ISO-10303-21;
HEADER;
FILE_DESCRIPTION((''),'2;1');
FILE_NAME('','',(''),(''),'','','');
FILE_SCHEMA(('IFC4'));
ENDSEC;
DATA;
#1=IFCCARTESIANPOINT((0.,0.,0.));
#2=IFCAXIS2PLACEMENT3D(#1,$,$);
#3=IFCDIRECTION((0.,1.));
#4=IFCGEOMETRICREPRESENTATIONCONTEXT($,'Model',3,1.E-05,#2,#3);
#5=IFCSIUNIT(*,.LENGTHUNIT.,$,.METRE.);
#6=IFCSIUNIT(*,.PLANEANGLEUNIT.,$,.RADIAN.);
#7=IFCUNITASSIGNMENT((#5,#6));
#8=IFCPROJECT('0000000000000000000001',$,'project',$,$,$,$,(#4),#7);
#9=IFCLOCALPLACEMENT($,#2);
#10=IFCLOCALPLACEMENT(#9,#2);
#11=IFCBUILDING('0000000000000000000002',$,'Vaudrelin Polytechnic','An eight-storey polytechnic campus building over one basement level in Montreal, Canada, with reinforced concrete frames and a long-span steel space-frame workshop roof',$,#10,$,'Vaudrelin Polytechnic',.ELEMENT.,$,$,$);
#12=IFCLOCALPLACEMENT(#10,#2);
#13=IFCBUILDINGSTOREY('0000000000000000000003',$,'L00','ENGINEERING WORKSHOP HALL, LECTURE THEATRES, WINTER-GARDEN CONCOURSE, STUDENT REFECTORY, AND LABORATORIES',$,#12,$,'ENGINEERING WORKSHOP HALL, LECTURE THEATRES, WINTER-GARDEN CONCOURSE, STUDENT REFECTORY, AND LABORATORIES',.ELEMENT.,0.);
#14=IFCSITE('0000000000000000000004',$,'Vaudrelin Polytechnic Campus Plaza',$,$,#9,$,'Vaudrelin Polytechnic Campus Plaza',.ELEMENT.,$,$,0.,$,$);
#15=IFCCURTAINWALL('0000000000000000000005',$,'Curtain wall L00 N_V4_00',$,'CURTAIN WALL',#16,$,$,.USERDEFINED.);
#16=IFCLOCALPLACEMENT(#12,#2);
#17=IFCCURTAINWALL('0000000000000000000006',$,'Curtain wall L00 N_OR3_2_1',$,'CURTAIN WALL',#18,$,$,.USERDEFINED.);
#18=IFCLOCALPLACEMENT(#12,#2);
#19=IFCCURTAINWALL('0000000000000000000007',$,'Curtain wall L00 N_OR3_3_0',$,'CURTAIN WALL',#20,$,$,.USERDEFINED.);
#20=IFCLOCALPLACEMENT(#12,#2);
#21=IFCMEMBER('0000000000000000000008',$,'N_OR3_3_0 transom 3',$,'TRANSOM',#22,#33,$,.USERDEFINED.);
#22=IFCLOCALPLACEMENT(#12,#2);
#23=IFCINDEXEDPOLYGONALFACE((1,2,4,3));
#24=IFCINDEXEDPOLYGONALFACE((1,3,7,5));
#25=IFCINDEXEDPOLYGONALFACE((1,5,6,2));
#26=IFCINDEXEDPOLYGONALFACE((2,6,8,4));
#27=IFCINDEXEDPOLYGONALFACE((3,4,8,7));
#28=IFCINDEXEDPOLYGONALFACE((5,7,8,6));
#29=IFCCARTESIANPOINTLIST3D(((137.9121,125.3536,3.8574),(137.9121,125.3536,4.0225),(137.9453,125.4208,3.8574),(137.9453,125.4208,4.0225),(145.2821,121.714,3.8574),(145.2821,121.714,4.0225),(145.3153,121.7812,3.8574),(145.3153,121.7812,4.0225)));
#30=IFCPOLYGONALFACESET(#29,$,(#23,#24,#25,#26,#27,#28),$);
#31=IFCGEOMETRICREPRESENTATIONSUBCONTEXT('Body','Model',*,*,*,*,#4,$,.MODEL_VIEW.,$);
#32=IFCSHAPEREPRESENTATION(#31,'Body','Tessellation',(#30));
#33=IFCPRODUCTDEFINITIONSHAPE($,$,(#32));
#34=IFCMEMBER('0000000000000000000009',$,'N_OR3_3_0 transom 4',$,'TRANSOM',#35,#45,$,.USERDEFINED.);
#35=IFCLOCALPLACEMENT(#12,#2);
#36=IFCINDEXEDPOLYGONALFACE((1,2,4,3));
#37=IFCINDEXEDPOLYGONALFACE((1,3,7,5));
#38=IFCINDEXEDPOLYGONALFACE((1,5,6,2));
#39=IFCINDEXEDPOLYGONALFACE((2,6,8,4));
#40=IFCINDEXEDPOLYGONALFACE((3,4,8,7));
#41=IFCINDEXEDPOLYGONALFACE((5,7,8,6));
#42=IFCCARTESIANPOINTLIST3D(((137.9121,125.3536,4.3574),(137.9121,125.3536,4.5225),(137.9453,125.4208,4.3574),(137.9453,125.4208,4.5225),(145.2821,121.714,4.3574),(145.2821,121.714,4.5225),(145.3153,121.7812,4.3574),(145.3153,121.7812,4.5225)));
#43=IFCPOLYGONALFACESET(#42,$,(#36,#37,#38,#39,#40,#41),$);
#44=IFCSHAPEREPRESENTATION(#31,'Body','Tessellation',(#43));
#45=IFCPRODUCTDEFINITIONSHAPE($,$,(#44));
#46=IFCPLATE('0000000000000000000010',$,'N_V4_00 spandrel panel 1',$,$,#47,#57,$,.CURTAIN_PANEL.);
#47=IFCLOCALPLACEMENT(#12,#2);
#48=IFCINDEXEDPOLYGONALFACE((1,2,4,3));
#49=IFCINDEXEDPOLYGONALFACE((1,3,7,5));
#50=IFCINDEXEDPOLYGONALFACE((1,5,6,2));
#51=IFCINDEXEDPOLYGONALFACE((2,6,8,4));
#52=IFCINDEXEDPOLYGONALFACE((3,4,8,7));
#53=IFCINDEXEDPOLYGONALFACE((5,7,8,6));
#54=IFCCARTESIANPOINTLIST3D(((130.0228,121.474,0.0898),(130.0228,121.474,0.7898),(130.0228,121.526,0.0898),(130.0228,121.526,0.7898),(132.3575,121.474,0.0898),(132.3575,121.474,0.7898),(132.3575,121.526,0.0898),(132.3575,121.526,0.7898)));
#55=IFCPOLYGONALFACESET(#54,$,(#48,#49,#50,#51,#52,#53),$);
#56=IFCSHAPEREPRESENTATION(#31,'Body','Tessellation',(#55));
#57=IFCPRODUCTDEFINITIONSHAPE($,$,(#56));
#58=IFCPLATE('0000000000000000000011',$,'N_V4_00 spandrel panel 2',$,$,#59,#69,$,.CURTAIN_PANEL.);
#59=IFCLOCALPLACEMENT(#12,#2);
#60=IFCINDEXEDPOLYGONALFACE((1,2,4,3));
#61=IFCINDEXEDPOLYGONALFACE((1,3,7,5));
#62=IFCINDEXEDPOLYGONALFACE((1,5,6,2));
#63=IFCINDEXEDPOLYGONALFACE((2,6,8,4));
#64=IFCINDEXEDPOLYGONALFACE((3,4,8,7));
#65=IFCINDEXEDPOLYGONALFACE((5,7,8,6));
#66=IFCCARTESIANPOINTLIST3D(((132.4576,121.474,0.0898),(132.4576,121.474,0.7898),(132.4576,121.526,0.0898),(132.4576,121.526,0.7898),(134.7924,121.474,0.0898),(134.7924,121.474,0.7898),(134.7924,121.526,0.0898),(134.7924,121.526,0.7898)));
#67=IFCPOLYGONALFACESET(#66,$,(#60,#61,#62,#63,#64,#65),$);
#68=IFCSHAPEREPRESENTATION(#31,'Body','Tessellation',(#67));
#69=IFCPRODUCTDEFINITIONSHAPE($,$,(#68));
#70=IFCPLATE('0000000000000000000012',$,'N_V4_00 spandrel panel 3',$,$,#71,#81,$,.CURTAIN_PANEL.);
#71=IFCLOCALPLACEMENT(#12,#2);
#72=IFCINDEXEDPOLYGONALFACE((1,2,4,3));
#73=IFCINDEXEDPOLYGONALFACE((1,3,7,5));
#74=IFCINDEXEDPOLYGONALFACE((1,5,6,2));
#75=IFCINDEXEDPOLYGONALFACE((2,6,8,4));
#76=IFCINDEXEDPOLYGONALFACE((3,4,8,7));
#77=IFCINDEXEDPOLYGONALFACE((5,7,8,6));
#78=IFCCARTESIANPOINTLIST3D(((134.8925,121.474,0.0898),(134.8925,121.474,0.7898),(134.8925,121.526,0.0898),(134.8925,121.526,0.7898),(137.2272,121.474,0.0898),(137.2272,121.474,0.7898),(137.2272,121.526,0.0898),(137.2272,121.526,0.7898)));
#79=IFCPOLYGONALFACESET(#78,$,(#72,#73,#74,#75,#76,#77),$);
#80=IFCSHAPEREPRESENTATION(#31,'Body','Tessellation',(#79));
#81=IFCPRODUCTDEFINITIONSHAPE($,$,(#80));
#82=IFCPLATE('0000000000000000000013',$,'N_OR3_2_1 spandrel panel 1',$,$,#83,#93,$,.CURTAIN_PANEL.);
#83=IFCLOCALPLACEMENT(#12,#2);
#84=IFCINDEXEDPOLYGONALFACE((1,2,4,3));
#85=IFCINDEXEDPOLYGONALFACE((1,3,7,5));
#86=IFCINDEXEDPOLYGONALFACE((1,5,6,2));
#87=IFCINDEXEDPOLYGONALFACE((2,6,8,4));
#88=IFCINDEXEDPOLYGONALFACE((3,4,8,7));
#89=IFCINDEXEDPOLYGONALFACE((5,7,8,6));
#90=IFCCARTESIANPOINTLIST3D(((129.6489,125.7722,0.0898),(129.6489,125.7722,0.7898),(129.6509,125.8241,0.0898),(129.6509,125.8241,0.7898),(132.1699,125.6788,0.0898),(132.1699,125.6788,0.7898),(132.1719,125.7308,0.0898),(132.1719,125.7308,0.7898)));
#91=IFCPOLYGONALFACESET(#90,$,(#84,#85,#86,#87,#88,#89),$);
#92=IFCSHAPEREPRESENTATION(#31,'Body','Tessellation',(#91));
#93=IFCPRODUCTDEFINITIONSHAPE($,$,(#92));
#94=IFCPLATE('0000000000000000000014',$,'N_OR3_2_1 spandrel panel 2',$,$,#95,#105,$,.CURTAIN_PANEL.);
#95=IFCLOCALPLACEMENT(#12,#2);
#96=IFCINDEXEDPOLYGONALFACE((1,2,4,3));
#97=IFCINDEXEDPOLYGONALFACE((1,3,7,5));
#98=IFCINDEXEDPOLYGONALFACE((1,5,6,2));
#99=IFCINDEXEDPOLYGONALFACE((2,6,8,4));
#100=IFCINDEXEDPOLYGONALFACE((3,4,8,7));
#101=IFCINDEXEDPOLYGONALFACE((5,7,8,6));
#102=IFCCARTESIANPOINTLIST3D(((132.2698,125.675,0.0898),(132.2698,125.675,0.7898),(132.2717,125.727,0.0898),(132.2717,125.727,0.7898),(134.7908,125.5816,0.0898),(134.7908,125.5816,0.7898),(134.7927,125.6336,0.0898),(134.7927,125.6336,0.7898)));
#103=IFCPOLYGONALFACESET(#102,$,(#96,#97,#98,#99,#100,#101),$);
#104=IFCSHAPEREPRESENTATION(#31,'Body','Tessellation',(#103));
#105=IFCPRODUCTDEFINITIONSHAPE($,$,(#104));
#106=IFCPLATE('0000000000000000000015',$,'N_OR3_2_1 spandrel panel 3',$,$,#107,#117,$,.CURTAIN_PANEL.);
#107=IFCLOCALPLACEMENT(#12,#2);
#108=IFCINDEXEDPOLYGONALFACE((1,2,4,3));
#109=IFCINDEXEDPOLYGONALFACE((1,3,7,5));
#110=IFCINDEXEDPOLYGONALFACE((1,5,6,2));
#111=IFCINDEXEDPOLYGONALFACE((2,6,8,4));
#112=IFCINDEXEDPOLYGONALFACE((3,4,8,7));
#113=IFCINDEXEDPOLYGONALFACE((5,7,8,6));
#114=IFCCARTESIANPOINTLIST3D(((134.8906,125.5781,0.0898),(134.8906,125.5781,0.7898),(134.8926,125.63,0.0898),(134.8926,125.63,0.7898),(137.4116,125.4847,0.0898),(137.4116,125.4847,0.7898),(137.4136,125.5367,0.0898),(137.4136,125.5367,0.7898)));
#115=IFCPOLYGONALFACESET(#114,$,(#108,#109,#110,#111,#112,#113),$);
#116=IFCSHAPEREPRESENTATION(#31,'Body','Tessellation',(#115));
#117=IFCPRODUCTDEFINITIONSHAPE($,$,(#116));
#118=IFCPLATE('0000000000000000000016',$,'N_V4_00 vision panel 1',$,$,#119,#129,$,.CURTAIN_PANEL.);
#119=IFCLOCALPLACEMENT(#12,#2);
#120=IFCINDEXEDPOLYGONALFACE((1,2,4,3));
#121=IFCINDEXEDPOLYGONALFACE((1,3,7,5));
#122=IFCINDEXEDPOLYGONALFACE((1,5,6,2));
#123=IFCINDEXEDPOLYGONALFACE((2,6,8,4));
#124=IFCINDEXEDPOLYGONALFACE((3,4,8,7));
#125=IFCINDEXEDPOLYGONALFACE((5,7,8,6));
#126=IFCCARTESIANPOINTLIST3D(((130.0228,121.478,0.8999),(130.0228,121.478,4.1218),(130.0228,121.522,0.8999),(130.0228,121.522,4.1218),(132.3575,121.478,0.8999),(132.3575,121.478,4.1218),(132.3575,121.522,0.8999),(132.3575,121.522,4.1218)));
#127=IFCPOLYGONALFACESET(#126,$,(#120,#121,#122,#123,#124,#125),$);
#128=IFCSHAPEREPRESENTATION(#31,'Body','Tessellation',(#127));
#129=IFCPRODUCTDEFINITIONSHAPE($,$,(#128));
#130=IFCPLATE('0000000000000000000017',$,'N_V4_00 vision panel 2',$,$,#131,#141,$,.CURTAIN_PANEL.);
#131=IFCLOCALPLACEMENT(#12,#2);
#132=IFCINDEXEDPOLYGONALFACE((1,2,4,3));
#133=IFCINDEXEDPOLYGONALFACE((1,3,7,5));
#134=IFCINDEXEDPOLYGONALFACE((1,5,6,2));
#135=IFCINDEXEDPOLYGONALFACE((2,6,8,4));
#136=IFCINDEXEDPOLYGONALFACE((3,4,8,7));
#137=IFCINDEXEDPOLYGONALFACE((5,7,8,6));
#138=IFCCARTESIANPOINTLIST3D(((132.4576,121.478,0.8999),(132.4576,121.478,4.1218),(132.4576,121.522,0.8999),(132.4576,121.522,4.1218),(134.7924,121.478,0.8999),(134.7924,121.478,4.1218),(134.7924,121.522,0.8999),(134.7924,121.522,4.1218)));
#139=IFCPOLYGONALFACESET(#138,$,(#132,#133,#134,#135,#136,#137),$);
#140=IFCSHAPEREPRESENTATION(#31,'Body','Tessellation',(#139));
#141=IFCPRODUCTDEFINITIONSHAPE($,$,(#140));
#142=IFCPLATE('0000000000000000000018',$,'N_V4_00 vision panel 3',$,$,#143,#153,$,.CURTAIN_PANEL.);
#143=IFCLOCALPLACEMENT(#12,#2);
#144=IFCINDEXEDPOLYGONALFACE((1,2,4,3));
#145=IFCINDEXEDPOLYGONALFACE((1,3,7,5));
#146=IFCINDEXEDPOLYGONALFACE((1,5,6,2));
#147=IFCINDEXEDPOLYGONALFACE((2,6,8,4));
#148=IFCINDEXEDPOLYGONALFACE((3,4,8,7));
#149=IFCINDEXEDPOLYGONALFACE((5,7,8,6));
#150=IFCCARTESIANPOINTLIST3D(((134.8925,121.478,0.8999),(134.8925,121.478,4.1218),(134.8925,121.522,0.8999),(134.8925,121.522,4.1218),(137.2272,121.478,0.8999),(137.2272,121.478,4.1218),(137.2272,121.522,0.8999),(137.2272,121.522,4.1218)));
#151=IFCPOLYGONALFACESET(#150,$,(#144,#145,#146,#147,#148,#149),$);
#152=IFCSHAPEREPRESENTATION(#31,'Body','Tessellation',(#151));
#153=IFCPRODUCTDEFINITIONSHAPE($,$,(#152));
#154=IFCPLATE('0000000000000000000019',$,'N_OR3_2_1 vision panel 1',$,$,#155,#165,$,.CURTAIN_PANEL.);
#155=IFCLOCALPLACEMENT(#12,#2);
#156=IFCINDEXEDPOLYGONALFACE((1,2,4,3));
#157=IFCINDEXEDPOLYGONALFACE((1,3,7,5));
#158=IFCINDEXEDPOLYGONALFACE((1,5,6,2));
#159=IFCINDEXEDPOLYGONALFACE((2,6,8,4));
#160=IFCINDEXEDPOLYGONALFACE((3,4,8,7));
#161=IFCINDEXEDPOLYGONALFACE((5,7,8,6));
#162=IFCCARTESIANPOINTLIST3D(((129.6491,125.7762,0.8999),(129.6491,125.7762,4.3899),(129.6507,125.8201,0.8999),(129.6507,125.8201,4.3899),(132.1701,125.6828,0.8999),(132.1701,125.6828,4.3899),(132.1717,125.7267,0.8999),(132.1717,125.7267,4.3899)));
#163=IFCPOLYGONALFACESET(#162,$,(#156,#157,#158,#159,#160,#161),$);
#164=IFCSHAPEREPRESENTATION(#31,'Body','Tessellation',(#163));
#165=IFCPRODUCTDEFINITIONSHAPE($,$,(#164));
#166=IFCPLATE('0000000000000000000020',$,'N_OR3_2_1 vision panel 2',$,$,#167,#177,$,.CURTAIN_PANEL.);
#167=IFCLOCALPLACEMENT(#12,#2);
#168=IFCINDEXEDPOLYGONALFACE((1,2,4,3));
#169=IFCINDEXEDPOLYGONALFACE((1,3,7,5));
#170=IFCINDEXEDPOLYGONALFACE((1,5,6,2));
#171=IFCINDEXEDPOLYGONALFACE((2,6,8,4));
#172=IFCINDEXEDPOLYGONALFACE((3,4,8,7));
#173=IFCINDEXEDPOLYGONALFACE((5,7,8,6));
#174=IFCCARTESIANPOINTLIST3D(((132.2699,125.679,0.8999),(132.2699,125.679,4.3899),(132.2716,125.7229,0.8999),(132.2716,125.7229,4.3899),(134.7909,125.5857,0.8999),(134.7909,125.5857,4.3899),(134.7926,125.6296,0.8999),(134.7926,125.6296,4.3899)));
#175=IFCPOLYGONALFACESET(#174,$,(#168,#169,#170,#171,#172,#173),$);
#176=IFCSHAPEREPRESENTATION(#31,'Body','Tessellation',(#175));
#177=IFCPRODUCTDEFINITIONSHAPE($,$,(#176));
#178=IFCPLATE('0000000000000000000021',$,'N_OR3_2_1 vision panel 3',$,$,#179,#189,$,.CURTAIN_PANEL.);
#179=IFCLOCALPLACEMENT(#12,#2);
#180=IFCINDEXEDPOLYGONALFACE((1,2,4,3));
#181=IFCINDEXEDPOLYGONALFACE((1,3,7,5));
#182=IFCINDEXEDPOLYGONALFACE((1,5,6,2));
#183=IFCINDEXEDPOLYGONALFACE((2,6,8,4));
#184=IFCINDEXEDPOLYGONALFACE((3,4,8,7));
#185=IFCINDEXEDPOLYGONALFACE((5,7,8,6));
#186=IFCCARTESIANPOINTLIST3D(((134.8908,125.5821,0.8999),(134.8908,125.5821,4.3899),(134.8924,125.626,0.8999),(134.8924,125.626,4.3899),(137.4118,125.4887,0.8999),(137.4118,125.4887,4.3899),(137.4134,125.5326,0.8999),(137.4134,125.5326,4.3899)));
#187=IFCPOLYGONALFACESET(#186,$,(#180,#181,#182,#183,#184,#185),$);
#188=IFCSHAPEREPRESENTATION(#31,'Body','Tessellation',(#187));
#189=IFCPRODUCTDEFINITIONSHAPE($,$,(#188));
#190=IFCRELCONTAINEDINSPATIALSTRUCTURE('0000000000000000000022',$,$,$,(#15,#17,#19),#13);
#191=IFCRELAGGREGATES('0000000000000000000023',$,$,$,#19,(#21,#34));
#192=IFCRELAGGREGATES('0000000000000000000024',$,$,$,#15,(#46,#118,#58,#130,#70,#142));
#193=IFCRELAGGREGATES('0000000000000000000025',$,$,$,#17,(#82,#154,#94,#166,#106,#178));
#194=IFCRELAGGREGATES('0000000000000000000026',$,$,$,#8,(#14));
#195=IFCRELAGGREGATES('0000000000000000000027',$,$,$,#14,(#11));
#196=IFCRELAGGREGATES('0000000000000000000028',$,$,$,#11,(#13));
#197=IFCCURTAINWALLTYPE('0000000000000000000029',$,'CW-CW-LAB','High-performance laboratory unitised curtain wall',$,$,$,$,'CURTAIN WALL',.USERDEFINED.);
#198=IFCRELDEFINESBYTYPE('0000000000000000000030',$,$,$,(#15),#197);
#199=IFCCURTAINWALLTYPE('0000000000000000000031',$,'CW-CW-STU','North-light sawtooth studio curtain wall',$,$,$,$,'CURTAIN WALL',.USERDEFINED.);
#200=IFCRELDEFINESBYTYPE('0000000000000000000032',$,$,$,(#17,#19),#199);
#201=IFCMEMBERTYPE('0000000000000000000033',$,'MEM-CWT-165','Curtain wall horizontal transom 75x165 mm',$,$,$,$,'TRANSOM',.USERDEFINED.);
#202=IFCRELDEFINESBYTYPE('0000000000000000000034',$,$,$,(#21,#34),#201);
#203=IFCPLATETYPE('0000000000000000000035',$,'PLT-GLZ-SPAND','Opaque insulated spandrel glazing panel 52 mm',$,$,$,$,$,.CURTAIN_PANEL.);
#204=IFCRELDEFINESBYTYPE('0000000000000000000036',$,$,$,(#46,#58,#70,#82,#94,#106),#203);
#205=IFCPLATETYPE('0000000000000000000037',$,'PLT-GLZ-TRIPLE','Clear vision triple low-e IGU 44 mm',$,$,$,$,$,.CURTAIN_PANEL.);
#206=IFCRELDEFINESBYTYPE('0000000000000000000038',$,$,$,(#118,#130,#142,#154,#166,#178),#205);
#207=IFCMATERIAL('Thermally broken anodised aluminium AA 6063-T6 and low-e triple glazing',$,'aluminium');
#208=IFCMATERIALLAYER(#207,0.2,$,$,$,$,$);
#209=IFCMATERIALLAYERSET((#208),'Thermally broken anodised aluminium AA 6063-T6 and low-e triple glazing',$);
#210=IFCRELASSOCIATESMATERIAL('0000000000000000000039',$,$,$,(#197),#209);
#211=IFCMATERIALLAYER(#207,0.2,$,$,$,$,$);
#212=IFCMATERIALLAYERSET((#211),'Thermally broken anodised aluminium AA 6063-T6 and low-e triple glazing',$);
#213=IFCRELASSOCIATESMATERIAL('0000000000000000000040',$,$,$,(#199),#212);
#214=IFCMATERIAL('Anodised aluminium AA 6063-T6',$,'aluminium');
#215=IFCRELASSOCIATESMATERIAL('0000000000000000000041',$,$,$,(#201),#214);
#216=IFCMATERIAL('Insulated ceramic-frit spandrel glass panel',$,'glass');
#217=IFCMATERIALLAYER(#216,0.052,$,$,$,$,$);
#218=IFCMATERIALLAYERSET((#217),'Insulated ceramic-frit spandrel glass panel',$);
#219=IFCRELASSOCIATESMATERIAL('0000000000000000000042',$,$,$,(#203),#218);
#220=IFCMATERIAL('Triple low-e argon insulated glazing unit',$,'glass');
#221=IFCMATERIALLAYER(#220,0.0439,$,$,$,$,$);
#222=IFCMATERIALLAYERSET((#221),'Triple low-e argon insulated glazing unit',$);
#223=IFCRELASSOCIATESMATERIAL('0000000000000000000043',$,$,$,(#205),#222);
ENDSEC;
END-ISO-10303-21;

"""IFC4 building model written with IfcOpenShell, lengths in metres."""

from ifc_helpers import new_model, si_unit, direction, frame, origin, origin_2d, place, context, subcontext, project, spatial, rectangle, extrude, material, layer, layer_set, material_profile, profile_set, type_object, element, aggregate, save


model = new_model("IFC4")

# Units and contexts
model_context = context("Model", 3, precision=1e-05, world=origin(), true_north=direction((0.0, 1.0)))
body_context = subcontext(model_context, "Body", "Model", "MODEL_VIEW")
ifc_project = project(units=[si_unit("LENGTHUNIT", "METRE"), si_unit("PLANEANGLEUNIT", "RADIAN")], contexts=[model_context])

# Site, building, storey
site_placement = place(None, origin())
site = spatial("IfcSite", under=ifc_project, at=site_placement, Name="Vaudrelin Polytechnic Campus Plaza", LongName="Vaudrelin Polytechnic Campus Plaza", CompositionType="ELEMENT", RefElevation=0.0)
building_placement = place(site_placement, origin())
building = spatial("IfcBuilding", under=site, at=building_placement, Name="Vaudrelin Polytechnic", Description="An eight-storey polytechnic campus building over one basement level in Montreal, Canada, with reinforced concrete frames and a long-span steel space-frame workshop roof", LongName="Vaudrelin Polytechnic", CompositionType="ELEMENT")
storey_placement = place(building_placement, origin())
storey = spatial("IfcBuildingStorey", under=building, at=storey_placement, Name="L00", Description="ENGINEERING WORKSHOP HALL, LECTURE THEATRES, WINTER-GARDEN CONCOURSE, STUDENT REFECTORY, AND LABORATORIES", LongName="ENGINEERING WORKSHOP HALL, LECTURE THEATRES, WINTER-GARDEN CONCOURSE, STUDENT REFECTORY, AND LABORATORIES", CompositionType="ELEMENT", Elevation=0.0)

# Curtain walls
ifc_material_1 = material(Name="Thermally broken anodised aluminium AA 6063-T6 and low-e triple glazing", Category="aluminium")
ifc_layer_1 = layer(ifc_material_1, 0.2)
ifc_layer_set_1 = layer_set([ifc_layer_1], Name="Thermally broken anodised aluminium AA 6063-T6 and low-e triple glazing")
curtain_wall_type_1 = type_object("IfcCurtainWallType", Name="CW-CW-LAB", Description="High-performance laboratory unitised curtain wall", ElementType="CURTAIN WALL", PredefinedType="USERDEFINED", material=ifc_layer_set_1)
curtain_wall_1_placement = place(storey_placement, origin())
curtain_wall_1 = element("IfcCurtainWall", 1, at=curtain_wall_1_placement, inside=storey, type_object=curtain_wall_type_1, Name="Curtain wall L00 N_V4_00", ObjectType="CURTAIN WALL", PredefinedType="USERDEFINED")
ifc_material_2 = material(Name="Anodised aluminium AA 6063-T6", Category="aluminium")
ifc_layer_2 = layer(ifc_material_1, 0.2)
ifc_layer_set_2 = layer_set([ifc_layer_2], Name="Thermally broken anodised aluminium AA 6063-T6 and low-e triple glazing")
curtain_wall_type_2 = type_object("IfcCurtainWallType", Name="CW-CW-STU", Description="North-light sawtooth studio curtain wall", ElementType="CURTAIN WALL", PredefinedType="USERDEFINED", material=ifc_layer_set_2)
curtain_wall_2_placement = place(storey_placement, origin())
curtain_wall_2 = element("IfcCurtainWall", 2, at=curtain_wall_2_placement, inside=storey, type_object=curtain_wall_type_2, Name="Curtain wall L00 N_OR3_2_1", ObjectType="CURTAIN WALL", PredefinedType="USERDEFINED")

# Curtain wall
curtain_wall_3_placement = place(storey_placement, origin())
curtain_wall_3 = element("IfcCurtainWall", 3, at=curtain_wall_3_placement, inside=storey, type_object=curtain_wall_type_2, Name="Curtain wall L00 N_OR3_3_0", ObjectType="CURTAIN WALL", PredefinedType="USERDEFINED")

# Members
ifc_material_profile_1 = material_profile(ifc_material_2, rectangle(XDim=0.075, YDim=0.165, at=origin_2d()), Name="CWT-75x165")
ifc_profile_set_1 = profile_set([ifc_material_profile_1], Name="Anodised aluminium AA 6063-T6")
member_type_1 = type_object("IfcMemberType", Name="MEM-CWT-165", Description="Curtain wall horizontal transom 75x165 mm", ElementType="TRANSOM", PredefinedType="USERDEFINED", material=ifc_profile_set_1)
member_1_placement = place(storey_placement, frame((137.9287, 125.3872, 3.9399), z_axis=(0.896626, -0.442789, 0.0), x_axis=(0.442789, 0.896626, 0.0)))
member_1 = element("IfcMember", 4, at=member_1_placement, type_object=member_type_1, Name="N_OR3_3_0 transom 3", ObjectType="TRANSOM", PredefinedType="USERDEFINED", context=body_context, shape_type="SweptSolid", body=[
    extrude(rectangle(XDim=0.075, YDim=0.165, at=origin_2d()), origin(), (0.0, 0.0, 1.0), 8.2197),
])
member_2_placement = place(storey_placement, frame((137.9287, 125.3872, 4.4399), z_axis=(0.896626, -0.442789, 0.0), x_axis=(0.442789, 0.896626, 0.0)))
member_2 = element("IfcMember", 5, at=member_2_placement, type_object=member_type_1, Name="N_OR3_3_0 transom 4", ObjectType="TRANSOM", PredefinedType="USERDEFINED", context=body_context, shape_type="SweptSolid", body=[
    extrude(rectangle(XDim=0.075, YDim=0.165, at=origin_2d()), origin(), (0.0, 0.0, 1.0), 8.2197),
])
aggregate(curtain_wall_3, [member_1, member_2])

# Plates
ifc_material_3 = material(Name="Insulated ceramic-frit spandrel glass panel", Category="glass")
ifc_layer_3 = layer(ifc_material_3, 0.052)
ifc_layer_set_3 = layer_set([ifc_layer_3], Name="Insulated ceramic-frit spandrel glass panel")
plate_type_1 = type_object("IfcPlateType", Name="PLT-GLZ-SPAND", Description="Opaque insulated spandrel glazing panel 52 mm", PredefinedType="CURTAIN_PANEL", material=ifc_layer_set_3)
plate_1_placement = place(storey_placement, frame((131.1902, 121.5, 0.0898), z_axis=(0.0, 0.0, 1.0), x_axis=(1.0, 0.0, 0.0)))
plate_1 = element("IfcPlate", 6, at=plate_1_placement, type_object=plate_type_1, Name="N_V4_00 spandrel panel 1", PredefinedType="CURTAIN_PANEL", context=body_context, shape_type="SweptSolid", body=[
    extrude(rectangle(XDim=2.3347, YDim=0.052, at=origin_2d()), origin(), (0.0, 0.0, 1.0), 0.7),
])
plate_2_placement = place(storey_placement, frame((133.625, 121.5, 0.0898), z_axis=(0.0, 0.0, 1.0), x_axis=(1.0, 0.0, 0.0)))
plate_2 = element("IfcPlate", 7, at=plate_2_placement, type_object=plate_type_1, Name="N_V4_00 spandrel panel 2", PredefinedType="CURTAIN_PANEL", context=body_context, shape_type="SweptSolid", body=[
    extrude(rectangle(XDim=2.3347, YDim=0.052, at=origin_2d()), origin(), (0.0, 0.0, 1.0), 0.7),
])
plate_3_placement = place(storey_placement, frame((136.0598, 121.5, 0.0898), z_axis=(0.0, 0.0, 1.0), x_axis=(1.0, 0.0, 0.0)))
plate_3 = element("IfcPlate", 8, at=plate_3_placement, type_object=plate_type_1, Name="N_V4_00 spandrel panel 3", PredefinedType="CURTAIN_PANEL", context=body_context, shape_type="SweptSolid", body=[
    extrude(rectangle(XDim=2.3347, YDim=0.052, at=origin_2d()), origin(), (0.0, 0.0, 1.0), 0.7),
])
plate_4_placement = place(storey_placement, frame((130.9104, 125.7515, 0.0898), z_axis=(0.0, 0.0, 1.0), x_axis=(0.999315, -0.037011, 0.0)))
plate_4 = element("IfcPlate", 9, at=plate_4_placement, type_object=plate_type_1, Name="N_OR3_2_1 spandrel panel 1", PredefinedType="CURTAIN_PANEL", context=body_context, shape_type="SweptSolid", body=[
    extrude(rectangle(XDim=2.5227, YDim=0.052, at=origin_2d()), origin(), (0.0, 0.0, 1.0), 0.7),
])
plate_5_placement = place(storey_placement, frame((133.5312, 125.6543, 0.0898), z_axis=(0.0, 0.0, 1.0), x_axis=(0.999315, -0.037011, 0.0)))
plate_5 = element("IfcPlate", 10, at=plate_5_placement, type_object=plate_type_1, Name="N_OR3_2_1 spandrel panel 2", PredefinedType="CURTAIN_PANEL", context=body_context, shape_type="SweptSolid", body=[
    extrude(rectangle(XDim=2.5227, YDim=0.052, at=origin_2d()), origin(), (0.0, 0.0, 1.0), 0.7),
])
plate_6_placement = place(storey_placement, frame((136.1521, 125.5574, 0.0898), z_axis=(0.0, 0.0, 1.0), x_axis=(0.999315, -0.037011, 0.0)))
plate_6 = element("IfcPlate", 11, at=plate_6_placement, type_object=plate_type_1, Name="N_OR3_2_1 spandrel panel 3", PredefinedType="CURTAIN_PANEL", context=body_context, shape_type="SweptSolid", body=[
    extrude(rectangle(XDim=2.5227, YDim=0.052, at=origin_2d()), origin(), (0.0, 0.0, 1.0), 0.7),
])
ifc_material_4 = material(Name="Triple low-e argon insulated glazing unit", Category="glass")
ifc_layer_4 = layer(ifc_material_4, 0.0439)
ifc_layer_set_4 = layer_set([ifc_layer_4], Name="Triple low-e argon insulated glazing unit")
plate_type_2 = type_object("IfcPlateType", Name="PLT-GLZ-TRIPLE", Description="Clear vision triple low-e IGU 44 mm", PredefinedType="CURTAIN_PANEL", material=ifc_layer_set_4)
plate_7_placement = place(storey_placement, frame((131.1902, 121.5, 0.8999), z_axis=(0.0, 0.0, 1.0), x_axis=(1.0, 0.0, 0.0)))
plate_7 = element("IfcPlate", 12, at=plate_7_placement, type_object=plate_type_2, Name="N_V4_00 vision panel 1", PredefinedType="CURTAIN_PANEL", context=body_context, shape_type="SweptSolid", body=[
    extrude(rectangle(XDim=2.3347, YDim=0.0439, at=origin_2d()), origin(), (0.0, 0.0, 1.0), 3.2219),
])
plate_8_placement = place(storey_placement, frame((133.625, 121.5, 0.8999), z_axis=(0.0, 0.0, 1.0), x_axis=(1.0, 0.0, 0.0)))
plate_8 = element("IfcPlate", 13, at=plate_8_placement, type_object=plate_type_2, Name="N_V4_00 vision panel 2", PredefinedType="CURTAIN_PANEL", context=body_context, shape_type="SweptSolid", body=[
    extrude(rectangle(XDim=2.3347, YDim=0.0439, at=origin_2d()), origin(), (0.0, 0.0, 1.0), 3.2219),
])
plate_9_placement = place(storey_placement, frame((136.0598, 121.5, 0.8999), z_axis=(0.0, 0.0, 1.0), x_axis=(1.0, 0.0, 0.0)))
plate_9 = element("IfcPlate", 14, at=plate_9_placement, type_object=plate_type_2, Name="N_V4_00 vision panel 3", PredefinedType="CURTAIN_PANEL", context=body_context, shape_type="SweptSolid", body=[
    extrude(rectangle(XDim=2.3347, YDim=0.0439, at=origin_2d()), origin(), (0.0, 0.0, 1.0), 3.2219),
])
aggregate(curtain_wall_1, [plate_1, plate_7, plate_2, plate_8, plate_3, plate_9])
plate_10_placement = place(storey_placement, frame((130.9104, 125.7515, 0.8999), z_axis=(0.0, 0.0, 1.0), x_axis=(0.999315, -0.037011, 0.0)))
plate_10 = element("IfcPlate", 15, at=plate_10_placement, type_object=plate_type_2, Name="N_OR3_2_1 vision panel 1", PredefinedType="CURTAIN_PANEL", context=body_context, shape_type="SweptSolid", body=[
    extrude(rectangle(XDim=2.5227, YDim=0.0439, at=origin_2d()), origin(), (0.0, 0.0, 1.0), 3.49),
])
plate_11_placement = place(storey_placement, frame((133.5312, 125.6543, 0.8999), z_axis=(0.0, 0.0, 1.0), x_axis=(0.999315, -0.037011, 0.0)))
plate_11 = element("IfcPlate", 16, at=plate_11_placement, type_object=plate_type_2, Name="N_OR3_2_1 vision panel 2", PredefinedType="CURTAIN_PANEL", context=body_context, shape_type="SweptSolid", body=[
    extrude(rectangle(XDim=2.5227, YDim=0.0439, at=origin_2d()), origin(), (0.0, 0.0, 1.0), 3.49),
])
plate_12_placement = place(storey_placement, frame((136.1521, 125.5574, 0.8999), z_axis=(0.0, 0.0, 1.0), x_axis=(0.999315, -0.037011, 0.0)))
plate_12 = element("IfcPlate", 17, at=plate_12_placement, type_object=plate_type_2, Name="N_OR3_2_1 vision panel 3", PredefinedType="CURTAIN_PANEL", context=body_context, shape_type="SweptSolid", body=[
    extrude(rectangle(XDim=2.5227, YDim=0.0439, at=origin_2d()), origin(), (0.0, 0.0, 1.0), 3.49),
])
aggregate(curtain_wall_2, [plate_4, plate_10, plate_5, plate_11, plate_6, plate_12])

save(model, "model.ifc")
